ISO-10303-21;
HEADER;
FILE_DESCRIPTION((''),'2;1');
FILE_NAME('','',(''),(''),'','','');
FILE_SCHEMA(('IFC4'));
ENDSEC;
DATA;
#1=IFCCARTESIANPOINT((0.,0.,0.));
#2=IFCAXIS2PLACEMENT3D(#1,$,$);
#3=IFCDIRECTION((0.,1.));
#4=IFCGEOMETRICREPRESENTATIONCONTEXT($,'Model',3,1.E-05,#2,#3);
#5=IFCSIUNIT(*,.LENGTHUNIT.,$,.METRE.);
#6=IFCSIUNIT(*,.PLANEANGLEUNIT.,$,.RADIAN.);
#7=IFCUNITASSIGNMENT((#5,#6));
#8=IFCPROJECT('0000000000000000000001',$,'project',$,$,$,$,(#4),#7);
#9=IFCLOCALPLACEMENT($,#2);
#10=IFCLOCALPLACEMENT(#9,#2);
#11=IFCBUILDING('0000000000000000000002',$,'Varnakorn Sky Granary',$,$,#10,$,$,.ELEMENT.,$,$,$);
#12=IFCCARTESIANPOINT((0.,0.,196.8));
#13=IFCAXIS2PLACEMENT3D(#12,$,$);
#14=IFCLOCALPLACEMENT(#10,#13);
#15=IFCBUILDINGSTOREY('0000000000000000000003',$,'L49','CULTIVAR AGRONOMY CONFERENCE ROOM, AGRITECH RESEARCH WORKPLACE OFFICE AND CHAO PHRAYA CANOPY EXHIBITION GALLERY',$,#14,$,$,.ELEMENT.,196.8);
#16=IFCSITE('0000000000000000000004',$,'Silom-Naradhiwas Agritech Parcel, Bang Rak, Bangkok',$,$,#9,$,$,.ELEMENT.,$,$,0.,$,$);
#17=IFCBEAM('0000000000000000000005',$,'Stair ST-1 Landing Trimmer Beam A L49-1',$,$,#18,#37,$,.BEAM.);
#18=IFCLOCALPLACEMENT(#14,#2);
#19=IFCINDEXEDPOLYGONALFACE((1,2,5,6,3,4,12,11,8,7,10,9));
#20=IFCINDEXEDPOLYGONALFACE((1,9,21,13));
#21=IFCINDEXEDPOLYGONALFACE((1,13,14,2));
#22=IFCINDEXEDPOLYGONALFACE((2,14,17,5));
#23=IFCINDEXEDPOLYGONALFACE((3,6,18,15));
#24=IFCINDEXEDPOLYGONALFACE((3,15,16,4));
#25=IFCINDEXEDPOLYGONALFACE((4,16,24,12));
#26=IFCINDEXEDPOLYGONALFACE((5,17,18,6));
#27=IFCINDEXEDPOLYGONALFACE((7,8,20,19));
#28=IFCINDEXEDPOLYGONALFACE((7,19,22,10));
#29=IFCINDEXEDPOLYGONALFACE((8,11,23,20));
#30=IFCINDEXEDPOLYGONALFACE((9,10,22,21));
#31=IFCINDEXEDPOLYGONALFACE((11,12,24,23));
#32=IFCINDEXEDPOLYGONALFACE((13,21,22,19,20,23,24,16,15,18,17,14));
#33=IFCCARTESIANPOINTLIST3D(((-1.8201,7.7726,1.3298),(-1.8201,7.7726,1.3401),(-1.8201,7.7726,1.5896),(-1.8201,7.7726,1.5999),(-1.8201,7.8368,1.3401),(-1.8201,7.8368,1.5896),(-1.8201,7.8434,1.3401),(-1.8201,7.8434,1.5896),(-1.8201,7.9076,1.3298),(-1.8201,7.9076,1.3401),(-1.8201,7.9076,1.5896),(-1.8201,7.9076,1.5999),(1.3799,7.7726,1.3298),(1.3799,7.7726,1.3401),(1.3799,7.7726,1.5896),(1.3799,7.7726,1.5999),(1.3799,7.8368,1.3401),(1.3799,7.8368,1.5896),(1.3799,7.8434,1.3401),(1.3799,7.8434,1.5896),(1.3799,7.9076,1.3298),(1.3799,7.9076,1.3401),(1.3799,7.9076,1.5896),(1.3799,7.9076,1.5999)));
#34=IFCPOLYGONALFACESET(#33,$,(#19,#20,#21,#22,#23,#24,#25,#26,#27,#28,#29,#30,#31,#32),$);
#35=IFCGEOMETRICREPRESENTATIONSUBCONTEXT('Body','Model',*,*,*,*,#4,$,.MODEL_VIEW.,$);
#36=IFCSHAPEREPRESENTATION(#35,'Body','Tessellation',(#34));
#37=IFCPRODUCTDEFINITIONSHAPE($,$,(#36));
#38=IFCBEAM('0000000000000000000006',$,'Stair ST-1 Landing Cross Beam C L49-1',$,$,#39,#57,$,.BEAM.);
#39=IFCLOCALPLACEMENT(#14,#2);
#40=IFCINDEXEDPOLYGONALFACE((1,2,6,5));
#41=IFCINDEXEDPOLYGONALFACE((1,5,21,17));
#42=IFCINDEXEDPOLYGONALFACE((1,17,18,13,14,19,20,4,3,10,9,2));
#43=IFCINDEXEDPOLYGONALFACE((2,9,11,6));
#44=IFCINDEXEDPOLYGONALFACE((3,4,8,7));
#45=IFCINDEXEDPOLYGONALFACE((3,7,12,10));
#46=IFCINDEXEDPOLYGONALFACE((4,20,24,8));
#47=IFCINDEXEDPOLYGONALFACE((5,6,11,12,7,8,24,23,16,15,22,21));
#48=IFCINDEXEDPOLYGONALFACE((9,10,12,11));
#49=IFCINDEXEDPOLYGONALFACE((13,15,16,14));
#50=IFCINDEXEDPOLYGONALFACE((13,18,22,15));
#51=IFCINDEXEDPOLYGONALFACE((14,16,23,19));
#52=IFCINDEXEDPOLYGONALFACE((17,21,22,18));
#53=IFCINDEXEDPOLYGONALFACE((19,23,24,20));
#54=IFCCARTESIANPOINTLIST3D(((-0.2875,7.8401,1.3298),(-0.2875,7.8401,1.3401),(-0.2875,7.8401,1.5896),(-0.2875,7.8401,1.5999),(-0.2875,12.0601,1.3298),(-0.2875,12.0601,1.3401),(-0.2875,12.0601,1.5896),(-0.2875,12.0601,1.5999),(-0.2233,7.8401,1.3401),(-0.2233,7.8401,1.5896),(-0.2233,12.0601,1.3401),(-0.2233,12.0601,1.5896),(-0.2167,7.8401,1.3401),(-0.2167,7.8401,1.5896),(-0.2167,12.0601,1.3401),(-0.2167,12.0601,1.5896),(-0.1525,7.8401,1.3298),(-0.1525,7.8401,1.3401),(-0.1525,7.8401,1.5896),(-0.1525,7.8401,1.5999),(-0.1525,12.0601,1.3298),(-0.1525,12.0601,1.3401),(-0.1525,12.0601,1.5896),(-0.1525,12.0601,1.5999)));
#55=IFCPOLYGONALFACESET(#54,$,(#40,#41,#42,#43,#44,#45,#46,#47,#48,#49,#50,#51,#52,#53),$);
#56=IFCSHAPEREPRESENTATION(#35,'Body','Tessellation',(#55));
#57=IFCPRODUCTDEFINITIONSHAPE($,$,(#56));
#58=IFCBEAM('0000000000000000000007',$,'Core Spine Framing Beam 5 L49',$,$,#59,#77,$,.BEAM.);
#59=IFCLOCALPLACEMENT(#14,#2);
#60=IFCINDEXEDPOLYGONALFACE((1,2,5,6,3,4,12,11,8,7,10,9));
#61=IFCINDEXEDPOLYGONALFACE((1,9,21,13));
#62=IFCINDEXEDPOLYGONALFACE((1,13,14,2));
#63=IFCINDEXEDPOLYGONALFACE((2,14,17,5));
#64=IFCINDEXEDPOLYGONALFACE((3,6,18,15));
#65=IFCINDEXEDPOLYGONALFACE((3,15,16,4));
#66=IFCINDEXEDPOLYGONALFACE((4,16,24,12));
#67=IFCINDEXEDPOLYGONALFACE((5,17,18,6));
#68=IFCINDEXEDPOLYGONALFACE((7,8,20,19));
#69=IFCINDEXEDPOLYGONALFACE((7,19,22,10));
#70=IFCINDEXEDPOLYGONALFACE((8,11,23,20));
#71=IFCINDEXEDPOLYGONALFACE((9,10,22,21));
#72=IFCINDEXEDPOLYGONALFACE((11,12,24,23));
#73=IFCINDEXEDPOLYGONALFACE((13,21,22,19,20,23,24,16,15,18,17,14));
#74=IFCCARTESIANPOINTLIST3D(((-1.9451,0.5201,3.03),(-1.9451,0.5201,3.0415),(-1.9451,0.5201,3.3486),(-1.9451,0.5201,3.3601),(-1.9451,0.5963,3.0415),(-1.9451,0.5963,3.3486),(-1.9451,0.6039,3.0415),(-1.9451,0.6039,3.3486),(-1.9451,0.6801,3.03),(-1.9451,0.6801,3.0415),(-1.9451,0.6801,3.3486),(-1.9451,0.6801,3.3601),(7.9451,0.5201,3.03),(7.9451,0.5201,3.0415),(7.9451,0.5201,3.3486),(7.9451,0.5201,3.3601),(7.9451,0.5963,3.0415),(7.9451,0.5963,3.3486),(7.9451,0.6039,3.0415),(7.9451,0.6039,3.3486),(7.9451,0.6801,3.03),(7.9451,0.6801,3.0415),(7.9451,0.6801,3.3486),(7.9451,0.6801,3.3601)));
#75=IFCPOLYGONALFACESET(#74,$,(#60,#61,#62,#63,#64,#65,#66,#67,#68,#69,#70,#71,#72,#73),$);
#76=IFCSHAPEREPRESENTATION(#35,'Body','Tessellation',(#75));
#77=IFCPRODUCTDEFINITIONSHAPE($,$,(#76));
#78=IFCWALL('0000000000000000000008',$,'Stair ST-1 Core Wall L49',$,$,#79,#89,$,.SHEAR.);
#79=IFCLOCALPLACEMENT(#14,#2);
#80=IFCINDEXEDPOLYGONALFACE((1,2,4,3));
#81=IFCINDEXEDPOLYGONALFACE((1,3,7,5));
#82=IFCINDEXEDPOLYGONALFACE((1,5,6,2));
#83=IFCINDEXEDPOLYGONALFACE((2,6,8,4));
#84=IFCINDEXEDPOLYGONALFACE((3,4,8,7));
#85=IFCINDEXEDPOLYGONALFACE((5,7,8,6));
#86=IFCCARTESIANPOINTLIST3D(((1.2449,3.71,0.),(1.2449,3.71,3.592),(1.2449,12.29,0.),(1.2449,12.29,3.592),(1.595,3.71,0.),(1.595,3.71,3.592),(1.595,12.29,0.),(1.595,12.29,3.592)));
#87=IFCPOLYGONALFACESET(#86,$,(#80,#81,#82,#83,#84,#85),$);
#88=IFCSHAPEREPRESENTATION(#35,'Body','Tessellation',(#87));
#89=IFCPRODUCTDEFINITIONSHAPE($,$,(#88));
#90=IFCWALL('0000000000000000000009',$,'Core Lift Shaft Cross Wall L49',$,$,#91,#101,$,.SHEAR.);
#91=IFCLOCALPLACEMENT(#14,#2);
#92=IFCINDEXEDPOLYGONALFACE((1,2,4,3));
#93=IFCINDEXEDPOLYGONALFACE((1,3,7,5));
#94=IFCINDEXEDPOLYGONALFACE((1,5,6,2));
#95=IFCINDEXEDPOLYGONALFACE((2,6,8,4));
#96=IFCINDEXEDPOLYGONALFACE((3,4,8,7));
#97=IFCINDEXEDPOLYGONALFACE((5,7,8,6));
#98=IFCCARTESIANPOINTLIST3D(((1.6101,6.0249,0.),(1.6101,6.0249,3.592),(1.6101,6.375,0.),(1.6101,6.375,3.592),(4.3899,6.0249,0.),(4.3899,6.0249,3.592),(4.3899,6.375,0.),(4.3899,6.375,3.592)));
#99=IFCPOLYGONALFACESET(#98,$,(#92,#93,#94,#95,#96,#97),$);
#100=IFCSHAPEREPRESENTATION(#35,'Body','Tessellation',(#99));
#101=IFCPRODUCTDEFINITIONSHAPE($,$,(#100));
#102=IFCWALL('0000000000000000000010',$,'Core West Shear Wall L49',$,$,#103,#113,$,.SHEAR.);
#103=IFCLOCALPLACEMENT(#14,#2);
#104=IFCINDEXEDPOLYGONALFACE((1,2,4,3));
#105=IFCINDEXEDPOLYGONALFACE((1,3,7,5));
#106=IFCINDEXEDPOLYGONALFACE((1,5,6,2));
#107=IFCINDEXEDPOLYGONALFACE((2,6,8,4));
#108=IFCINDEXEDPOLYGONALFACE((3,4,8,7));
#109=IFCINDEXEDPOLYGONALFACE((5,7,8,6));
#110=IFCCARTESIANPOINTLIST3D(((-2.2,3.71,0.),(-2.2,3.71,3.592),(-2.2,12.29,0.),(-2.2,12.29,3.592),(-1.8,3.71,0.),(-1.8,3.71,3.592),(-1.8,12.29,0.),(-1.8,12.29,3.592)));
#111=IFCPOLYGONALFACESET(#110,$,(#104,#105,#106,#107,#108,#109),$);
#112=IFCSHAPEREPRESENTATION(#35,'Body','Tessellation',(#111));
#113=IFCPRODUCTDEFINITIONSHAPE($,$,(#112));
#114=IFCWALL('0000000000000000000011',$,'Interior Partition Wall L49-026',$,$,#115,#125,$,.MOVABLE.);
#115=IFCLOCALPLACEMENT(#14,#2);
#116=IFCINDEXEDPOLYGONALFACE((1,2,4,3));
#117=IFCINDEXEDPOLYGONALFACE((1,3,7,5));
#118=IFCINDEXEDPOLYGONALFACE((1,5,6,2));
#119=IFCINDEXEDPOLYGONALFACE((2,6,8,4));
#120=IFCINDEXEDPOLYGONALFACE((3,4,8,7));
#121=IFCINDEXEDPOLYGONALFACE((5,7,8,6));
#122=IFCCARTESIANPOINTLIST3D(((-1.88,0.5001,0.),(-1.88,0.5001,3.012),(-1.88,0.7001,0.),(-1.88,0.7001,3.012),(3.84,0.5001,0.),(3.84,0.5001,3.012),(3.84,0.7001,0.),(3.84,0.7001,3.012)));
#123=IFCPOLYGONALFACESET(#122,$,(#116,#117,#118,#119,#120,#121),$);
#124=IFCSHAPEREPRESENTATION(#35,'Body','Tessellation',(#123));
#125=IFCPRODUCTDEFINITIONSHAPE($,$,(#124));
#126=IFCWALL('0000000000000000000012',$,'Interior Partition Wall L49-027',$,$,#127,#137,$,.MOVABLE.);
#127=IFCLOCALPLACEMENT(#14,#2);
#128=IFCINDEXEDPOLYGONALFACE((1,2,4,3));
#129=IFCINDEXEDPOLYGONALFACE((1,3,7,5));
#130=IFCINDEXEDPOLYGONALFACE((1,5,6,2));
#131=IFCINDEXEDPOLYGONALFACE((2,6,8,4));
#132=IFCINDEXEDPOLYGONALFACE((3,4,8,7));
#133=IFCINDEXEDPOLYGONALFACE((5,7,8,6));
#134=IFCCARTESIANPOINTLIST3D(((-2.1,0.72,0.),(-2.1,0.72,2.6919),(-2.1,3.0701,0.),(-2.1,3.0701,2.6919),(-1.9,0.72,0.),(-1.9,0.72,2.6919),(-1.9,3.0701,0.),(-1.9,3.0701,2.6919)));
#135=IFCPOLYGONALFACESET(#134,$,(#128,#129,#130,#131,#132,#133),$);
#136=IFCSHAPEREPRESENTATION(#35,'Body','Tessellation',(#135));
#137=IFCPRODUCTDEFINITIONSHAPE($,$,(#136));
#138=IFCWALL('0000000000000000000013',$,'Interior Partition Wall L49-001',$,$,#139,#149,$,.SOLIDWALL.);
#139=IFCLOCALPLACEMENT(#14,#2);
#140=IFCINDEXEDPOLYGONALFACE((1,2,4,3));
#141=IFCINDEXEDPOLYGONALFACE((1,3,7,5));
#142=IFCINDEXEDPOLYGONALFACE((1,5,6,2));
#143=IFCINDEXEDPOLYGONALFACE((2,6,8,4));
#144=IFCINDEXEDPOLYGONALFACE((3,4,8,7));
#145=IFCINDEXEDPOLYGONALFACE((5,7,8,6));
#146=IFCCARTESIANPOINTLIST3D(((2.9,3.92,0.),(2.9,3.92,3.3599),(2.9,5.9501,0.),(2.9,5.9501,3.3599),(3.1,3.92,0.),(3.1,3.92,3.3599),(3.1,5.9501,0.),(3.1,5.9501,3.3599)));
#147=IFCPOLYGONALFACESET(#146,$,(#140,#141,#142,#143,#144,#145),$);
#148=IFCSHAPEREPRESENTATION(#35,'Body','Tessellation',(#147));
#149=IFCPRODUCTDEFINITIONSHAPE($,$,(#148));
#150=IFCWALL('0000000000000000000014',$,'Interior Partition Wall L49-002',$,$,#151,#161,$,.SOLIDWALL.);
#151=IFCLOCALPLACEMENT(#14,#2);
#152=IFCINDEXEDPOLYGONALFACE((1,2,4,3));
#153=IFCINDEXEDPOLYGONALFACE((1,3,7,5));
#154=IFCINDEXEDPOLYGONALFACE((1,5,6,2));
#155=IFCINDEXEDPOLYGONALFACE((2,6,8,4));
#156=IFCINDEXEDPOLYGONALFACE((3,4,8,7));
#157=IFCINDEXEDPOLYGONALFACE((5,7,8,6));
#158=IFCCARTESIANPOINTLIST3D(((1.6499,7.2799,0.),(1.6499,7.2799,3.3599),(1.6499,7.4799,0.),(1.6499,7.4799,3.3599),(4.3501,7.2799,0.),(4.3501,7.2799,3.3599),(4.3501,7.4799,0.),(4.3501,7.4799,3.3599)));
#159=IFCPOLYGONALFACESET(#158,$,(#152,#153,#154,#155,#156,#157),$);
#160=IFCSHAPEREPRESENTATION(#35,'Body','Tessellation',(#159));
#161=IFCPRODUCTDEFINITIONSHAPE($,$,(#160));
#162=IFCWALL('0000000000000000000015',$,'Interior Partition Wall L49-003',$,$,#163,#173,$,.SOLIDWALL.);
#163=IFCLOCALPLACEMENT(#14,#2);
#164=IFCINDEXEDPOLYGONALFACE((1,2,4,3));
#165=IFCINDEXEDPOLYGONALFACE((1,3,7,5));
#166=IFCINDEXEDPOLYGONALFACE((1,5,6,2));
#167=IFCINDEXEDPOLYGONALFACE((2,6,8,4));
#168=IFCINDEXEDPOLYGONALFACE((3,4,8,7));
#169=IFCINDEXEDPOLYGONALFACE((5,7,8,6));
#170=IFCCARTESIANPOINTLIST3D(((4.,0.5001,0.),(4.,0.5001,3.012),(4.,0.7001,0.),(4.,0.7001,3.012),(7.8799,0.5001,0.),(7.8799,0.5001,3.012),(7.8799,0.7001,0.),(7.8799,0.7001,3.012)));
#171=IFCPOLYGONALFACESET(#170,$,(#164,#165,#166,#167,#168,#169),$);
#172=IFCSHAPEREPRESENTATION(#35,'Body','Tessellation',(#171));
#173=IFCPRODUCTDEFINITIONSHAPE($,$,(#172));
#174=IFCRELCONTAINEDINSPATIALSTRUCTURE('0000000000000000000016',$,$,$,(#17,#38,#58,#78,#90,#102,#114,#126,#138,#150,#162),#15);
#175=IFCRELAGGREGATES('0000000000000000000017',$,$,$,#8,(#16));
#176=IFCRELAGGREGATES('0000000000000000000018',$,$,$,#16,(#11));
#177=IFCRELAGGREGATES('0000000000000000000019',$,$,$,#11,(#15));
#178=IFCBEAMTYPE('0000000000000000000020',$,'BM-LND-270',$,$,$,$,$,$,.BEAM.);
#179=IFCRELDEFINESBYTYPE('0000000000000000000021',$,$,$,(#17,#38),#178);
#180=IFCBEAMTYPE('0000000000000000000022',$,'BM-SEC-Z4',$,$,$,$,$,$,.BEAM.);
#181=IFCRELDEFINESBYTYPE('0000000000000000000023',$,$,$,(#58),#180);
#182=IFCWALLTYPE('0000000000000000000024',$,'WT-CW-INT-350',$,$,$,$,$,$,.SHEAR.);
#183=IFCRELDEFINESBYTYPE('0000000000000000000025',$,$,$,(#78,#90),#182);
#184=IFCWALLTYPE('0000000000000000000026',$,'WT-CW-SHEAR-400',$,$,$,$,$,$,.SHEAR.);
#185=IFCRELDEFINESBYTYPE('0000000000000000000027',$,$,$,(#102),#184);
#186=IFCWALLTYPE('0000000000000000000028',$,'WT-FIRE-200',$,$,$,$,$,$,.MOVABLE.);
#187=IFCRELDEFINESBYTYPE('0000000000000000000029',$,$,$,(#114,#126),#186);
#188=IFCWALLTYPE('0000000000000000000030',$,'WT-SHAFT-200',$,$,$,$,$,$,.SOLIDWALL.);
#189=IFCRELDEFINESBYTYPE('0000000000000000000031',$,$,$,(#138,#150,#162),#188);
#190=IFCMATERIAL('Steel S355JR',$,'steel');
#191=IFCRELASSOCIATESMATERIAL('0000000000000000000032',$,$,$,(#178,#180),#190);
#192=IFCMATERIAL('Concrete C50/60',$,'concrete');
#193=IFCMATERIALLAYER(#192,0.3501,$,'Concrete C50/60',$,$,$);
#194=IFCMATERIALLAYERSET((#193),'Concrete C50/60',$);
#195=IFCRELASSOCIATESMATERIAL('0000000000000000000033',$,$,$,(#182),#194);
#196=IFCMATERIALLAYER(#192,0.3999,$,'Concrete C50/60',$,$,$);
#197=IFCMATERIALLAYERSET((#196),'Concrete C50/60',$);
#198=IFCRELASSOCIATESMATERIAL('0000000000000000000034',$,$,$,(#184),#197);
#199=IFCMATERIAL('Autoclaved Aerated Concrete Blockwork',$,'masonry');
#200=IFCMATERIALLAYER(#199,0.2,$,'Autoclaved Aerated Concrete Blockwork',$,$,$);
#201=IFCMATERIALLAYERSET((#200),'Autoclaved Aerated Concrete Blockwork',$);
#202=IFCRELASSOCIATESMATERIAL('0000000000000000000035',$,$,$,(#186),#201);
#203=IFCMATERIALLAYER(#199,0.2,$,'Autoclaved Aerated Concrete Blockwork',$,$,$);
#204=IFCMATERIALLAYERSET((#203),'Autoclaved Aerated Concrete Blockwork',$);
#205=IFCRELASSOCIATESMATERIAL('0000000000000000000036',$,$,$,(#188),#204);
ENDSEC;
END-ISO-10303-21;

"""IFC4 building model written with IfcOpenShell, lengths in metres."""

from ifc_helpers import new_model, si_unit, direction, frame, frame_2d, origin, origin_2d, place, context, subcontext, project, spatial, rectangle, i_section, extrude, material, layer, layer_set, material_profile, profile_set, type_object, element, save


model = new_model("IFC4")

# Units and contexts
model_context = context("Model", 3, precision=1e-05, world=origin(), true_north=direction((0.0, 1.0)))
body_context = subcontext(model_context, "Body", "Model", "MODEL_VIEW")
ifc_project = project(units=[si_unit("LENGTHUNIT", "METRE"), si_unit("PLANEANGLEUNIT", "RADIAN")], contexts=[model_context])

# Site, building, storey
site_placement = place(None, origin())
site = spatial("IfcSite", under=ifc_project, at=site_placement, Name="Silom-Naradhiwas Agritech Parcel, Bang Rak, Bangkok", CompositionType="ELEMENT", RefElevation=0.0)
building_placement = place(site_placement, origin())
building = spatial("IfcBuilding", under=site, at=building_placement, Name="Varnakorn Sky Granary", CompositionType="ELEMENT")
storey_placement = place(building_placement, frame((0.0, 0.0, 196.8)))
storey = spatial("IfcBuildingStorey", under=building, at=storey_placement, Name="L49", Description="CULTIVAR AGRONOMY CONFERENCE ROOM, AGRITECH RESEARCH WORKPLACE OFFICE AND CHAO PHRAYA CANOPY EXHIBITION GALLERY", CompositionType="ELEMENT", Elevation=196.8)

# Beams
ifc_material_1 = material(Name="Steel S355JR", Category="steel")
ifc_material_profile_1 = material_profile(ifc_material_1, i_section(OverallWidth=0.135, OverallDepth=0.27, WebThickness=0.0066, FlangeThickness=0.0103, at=origin_2d()), Name="IPE 270")
ifc_profile_set_1 = profile_set([ifc_material_profile_1], Name="Steel S355JR")
beam_type_1 = type_object("IfcBeamType", Name="BM-LND-270", PredefinedType="BEAM", material=ifc_profile_set_1)
beam_1_placement = place(storey_placement, frame((-1.8201, 7.8401, 1.4648), z_axis=(1.0, 0.0, 0.0), x_axis=(0.0, 1.0, 0.0)))
element("IfcBeam", 1, at=beam_1_placement, inside=storey, type_object=beam_type_1, Name="Stair ST-1 Landing Trimmer Beam A L49-1", PredefinedType="BEAM", context=body_context, shape_type="SweptSolid", body=[
    extrude(i_section(OverallWidth=0.135, OverallDepth=0.27, WebThickness=0.0066, FlangeThickness=0.0103, at=origin_2d()), origin(), (0.0, 0.0, 1.0), 3.2),
])
beam_2_placement = place(storey_placement, frame((-0.22, 7.8401, 1.4648), z_axis=(0.0, 1.0, 0.0), x_axis=(-1.0, 0.0, 0.0)))
element("IfcBeam", 2, at=beam_2_placement, inside=storey, type_object=beam_type_1, Name="Stair ST-1 Landing Cross Beam C L49-1", PredefinedType="BEAM", context=body_context, shape_type="SweptSolid", body=[
    extrude(i_section(OverallWidth=0.135, OverallDepth=0.27, WebThickness=0.0066, FlangeThickness=0.0103, at=origin_2d()), origin(), (0.0, 0.0, 1.0), 4.22),
])
ifc_material_profile_2 = material_profile(ifc_material_1, i_section(OverallWidth=0.1599, OverallDepth=0.3301, WebThickness=0.0076, FlangeThickness=0.0115, at=origin_2d()), Name="IPE 330")
ifc_profile_set_2 = profile_set([ifc_material_profile_2], Name="Steel S355JR")
beam_type_2 = type_object("IfcBeamType", Name="BM-SEC-Z4", PredefinedType="BEAM", material=ifc_profile_set_2)
beam_3_placement = place(storey_placement, frame((-1.9451, 0.6001, 3.1951), z_axis=(1.0, 0.0, 0.0), x_axis=(0.0, 1.0, 0.0)))
element("IfcBeam", 3, at=beam_3_placement, inside=storey, type_object=beam_type_2, Name="Core Spine Framing Beam 5 L49", PredefinedType="BEAM", context=body_context, shape_type="SweptSolid", body=[
    extrude(i_section(OverallWidth=0.1599, OverallDepth=0.3301, WebThickness=0.0076, FlangeThickness=0.0115, at=origin_2d()), origin(), (0.0, 0.0, 1.0), 9.8901),
])

# Walls
ifc_material_2 = material(Name="Concrete C50/60", Category="concrete")
ifc_layer_1 = layer(ifc_material_2, 0.3501, Name="Concrete C50/60")
ifc_layer_set_1 = layer_set([ifc_layer_1], Name="Concrete C50/60")
wall_type_1 = type_object("IfcWallType", Name="WT-CW-INT-350", PredefinedType="SHEAR", material=ifc_layer_set_1)
wall_1_placement = place(storey_placement, frame((1.4199, 3.71, 0.0), z_axis=(0.0, 0.0, 1.0), x_axis=(0.0, 1.0, 0.0)))
element("IfcWall", 4, at=wall_1_placement, inside=storey, type_object=wall_type_1, Name="Stair ST-1 Core Wall L49", PredefinedType="SHEAR", context=body_context, shape_type="SweptSolid", body=[
    extrude(rectangle(XDim=8.5801, YDim=0.3501, at=frame_2d((4.29, 0.0))), origin(), (0.0, 0.0, 1.0), 3.592),
])
wall_2_placement = place(storey_placement, frame((1.6101, 6.2, 0.0), z_axis=(0.0, 0.0, 1.0), x_axis=(1.0, 0.0, 0.0)))
element("IfcWall", 5, at=wall_2_placement, inside=storey, type_object=wall_type_1, Name="Core Lift Shaft Cross Wall L49", PredefinedType="SHEAR", context=body_context, shape_type="SweptSolid", body=[
    extrude(rectangle(XDim=2.7798, YDim=0.3501, at=frame_2d((1.3899, 0.0))), origin(), (0.0, 0.0, 1.0), 3.592),
])

# Shared definitions
ifc_layer_2 = layer(ifc_material_2, 0.3999, Name="Concrete C50/60")
ifc_layer_set_2 = layer_set([ifc_layer_2], Name="Concrete C50/60")
wall_type_2 = type_object("IfcWallType", Name="WT-CW-SHEAR-400", PredefinedType="SHEAR", material=ifc_layer_set_2)

# Walls
wall_3_placement = place(storey_placement, frame((-2.0, 3.71, 0.0), z_axis=(0.0, 0.0, 1.0), x_axis=(0.0, 1.0, 0.0)))
element("IfcWall", 6, at=wall_3_placement, inside=storey, type_object=wall_type_2, Name="Core West Shear Wall L49", PredefinedType="SHEAR", context=body_context, shape_type="SweptSolid", body=[
    extrude(rectangle(XDim=8.5801, YDim=0.3999, at=frame_2d((4.29, 0.0))), origin(), (0.0, 0.0, 1.0), 3.592),
])
ifc_material_3 = material(Name="Autoclaved Aerated Concrete Blockwork", Category="masonry")
ifc_layer_3 = layer(ifc_material_3, 0.2, Name="Autoclaved Aerated Concrete Blockwork")
ifc_layer_set_3 = layer_set([ifc_layer_3], Name="Autoclaved Aerated Concrete Blockwork")
wall_type_3 = type_object("IfcWallType", Name="WT-FIRE-200", PredefinedType="MOVABLE", material=ifc_layer_set_3)
wall_4_placement = place(storey_placement, frame((-1.8799, 0.6001, 0.0), z_axis=(0.0, 0.0, 1.0), x_axis=(1.0, 0.0, 0.0)))
element("IfcWall", 7, at=wall_4_placement, inside=storey, type_object=wall_type_3, Name="Interior Partition Wall L49-026", PredefinedType="MOVABLE", context=body_context, shape_type="SweptSolid", body=[
    extrude(rectangle(XDim=5.72, YDim=0.2, at=frame_2d((2.8599, 0.0))), origin(), (0.0, 0.0, 1.0), 3.012),
])
wall_5_placement = place(storey_placement, frame((-2.0, 0.72, 0.0), z_axis=(0.0, 0.0, 1.0), x_axis=(0.0, 1.0, 0.0)))
element("IfcWall", 8, at=wall_5_placement, inside=storey, type_object=wall_type_3, Name="Interior Partition Wall L49-027", PredefinedType="MOVABLE", context=body_context, shape_type="SweptSolid", body=[
    extrude(rectangle(XDim=2.3501, YDim=0.2, at=frame_2d((1.175, 0.0))), origin(), (0.0, 0.0, 1.0), 2.6919),
])
ifc_layer_4 = layer(ifc_material_3, 0.2, Name="Autoclaved Aerated Concrete Blockwork")
ifc_layer_set_4 = layer_set([ifc_layer_4], Name="Autoclaved Aerated Concrete Blockwork")
wall_type_4 = type_object("IfcWallType", Name="WT-SHAFT-200", PredefinedType="SOLIDWALL", material=ifc_layer_set_4)
wall_6_placement = place(storey_placement, frame((3.0, 3.9199, 0.0), z_axis=(0.0, 0.0, 1.0), x_axis=(0.0, 1.0, 0.0)))
element("IfcWall", 9, at=wall_6_placement, inside=storey, type_object=wall_type_4, Name="Interior Partition Wall L49-001", PredefinedType="SOLIDWALL", context=body_context, shape_type="SweptSolid", body=[
    extrude(rectangle(XDim=2.03, YDim=0.2, at=frame_2d((1.0151, 0.0))), origin(), (0.0, 0.0, 1.0), 3.3599),
])
wall_7_placement = place(storey_placement, frame((1.6499, 7.3799, 0.0), z_axis=(0.0, 0.0, 1.0), x_axis=(1.0, 0.0, 0.0)))
element("IfcWall", 10, at=wall_7_placement, inside=storey, type_object=wall_type_4, Name="Interior Partition Wall L49-002", PredefinedType="SOLIDWALL", context=body_context, shape_type="SweptSolid", body=[
    extrude(rectangle(XDim=2.7002, YDim=0.2, at=frame_2d((1.3501, 0.0))), origin(), (0.0, 0.0, 1.0), 3.3599),
])
wall_8_placement = place(storey_placement, frame((4.0, 0.6001, 0.0), z_axis=(0.0, 0.0, 1.0), x_axis=(1.0, 0.0, 0.0)))
element("IfcWall", 11, at=wall_8_placement, inside=storey, type_object=wall_type_4, Name="Interior Partition Wall L49-003", PredefinedType="SOLIDWALL", context=body_context, shape_type="SweptSolid", body=[
    extrude(rectangle(XDim=3.8799, YDim=0.2, at=frame_2d((1.9399, 0.0))), origin(), (0.0, 0.0, 1.0), 3.012),
])

save(model, "model.ifc")
